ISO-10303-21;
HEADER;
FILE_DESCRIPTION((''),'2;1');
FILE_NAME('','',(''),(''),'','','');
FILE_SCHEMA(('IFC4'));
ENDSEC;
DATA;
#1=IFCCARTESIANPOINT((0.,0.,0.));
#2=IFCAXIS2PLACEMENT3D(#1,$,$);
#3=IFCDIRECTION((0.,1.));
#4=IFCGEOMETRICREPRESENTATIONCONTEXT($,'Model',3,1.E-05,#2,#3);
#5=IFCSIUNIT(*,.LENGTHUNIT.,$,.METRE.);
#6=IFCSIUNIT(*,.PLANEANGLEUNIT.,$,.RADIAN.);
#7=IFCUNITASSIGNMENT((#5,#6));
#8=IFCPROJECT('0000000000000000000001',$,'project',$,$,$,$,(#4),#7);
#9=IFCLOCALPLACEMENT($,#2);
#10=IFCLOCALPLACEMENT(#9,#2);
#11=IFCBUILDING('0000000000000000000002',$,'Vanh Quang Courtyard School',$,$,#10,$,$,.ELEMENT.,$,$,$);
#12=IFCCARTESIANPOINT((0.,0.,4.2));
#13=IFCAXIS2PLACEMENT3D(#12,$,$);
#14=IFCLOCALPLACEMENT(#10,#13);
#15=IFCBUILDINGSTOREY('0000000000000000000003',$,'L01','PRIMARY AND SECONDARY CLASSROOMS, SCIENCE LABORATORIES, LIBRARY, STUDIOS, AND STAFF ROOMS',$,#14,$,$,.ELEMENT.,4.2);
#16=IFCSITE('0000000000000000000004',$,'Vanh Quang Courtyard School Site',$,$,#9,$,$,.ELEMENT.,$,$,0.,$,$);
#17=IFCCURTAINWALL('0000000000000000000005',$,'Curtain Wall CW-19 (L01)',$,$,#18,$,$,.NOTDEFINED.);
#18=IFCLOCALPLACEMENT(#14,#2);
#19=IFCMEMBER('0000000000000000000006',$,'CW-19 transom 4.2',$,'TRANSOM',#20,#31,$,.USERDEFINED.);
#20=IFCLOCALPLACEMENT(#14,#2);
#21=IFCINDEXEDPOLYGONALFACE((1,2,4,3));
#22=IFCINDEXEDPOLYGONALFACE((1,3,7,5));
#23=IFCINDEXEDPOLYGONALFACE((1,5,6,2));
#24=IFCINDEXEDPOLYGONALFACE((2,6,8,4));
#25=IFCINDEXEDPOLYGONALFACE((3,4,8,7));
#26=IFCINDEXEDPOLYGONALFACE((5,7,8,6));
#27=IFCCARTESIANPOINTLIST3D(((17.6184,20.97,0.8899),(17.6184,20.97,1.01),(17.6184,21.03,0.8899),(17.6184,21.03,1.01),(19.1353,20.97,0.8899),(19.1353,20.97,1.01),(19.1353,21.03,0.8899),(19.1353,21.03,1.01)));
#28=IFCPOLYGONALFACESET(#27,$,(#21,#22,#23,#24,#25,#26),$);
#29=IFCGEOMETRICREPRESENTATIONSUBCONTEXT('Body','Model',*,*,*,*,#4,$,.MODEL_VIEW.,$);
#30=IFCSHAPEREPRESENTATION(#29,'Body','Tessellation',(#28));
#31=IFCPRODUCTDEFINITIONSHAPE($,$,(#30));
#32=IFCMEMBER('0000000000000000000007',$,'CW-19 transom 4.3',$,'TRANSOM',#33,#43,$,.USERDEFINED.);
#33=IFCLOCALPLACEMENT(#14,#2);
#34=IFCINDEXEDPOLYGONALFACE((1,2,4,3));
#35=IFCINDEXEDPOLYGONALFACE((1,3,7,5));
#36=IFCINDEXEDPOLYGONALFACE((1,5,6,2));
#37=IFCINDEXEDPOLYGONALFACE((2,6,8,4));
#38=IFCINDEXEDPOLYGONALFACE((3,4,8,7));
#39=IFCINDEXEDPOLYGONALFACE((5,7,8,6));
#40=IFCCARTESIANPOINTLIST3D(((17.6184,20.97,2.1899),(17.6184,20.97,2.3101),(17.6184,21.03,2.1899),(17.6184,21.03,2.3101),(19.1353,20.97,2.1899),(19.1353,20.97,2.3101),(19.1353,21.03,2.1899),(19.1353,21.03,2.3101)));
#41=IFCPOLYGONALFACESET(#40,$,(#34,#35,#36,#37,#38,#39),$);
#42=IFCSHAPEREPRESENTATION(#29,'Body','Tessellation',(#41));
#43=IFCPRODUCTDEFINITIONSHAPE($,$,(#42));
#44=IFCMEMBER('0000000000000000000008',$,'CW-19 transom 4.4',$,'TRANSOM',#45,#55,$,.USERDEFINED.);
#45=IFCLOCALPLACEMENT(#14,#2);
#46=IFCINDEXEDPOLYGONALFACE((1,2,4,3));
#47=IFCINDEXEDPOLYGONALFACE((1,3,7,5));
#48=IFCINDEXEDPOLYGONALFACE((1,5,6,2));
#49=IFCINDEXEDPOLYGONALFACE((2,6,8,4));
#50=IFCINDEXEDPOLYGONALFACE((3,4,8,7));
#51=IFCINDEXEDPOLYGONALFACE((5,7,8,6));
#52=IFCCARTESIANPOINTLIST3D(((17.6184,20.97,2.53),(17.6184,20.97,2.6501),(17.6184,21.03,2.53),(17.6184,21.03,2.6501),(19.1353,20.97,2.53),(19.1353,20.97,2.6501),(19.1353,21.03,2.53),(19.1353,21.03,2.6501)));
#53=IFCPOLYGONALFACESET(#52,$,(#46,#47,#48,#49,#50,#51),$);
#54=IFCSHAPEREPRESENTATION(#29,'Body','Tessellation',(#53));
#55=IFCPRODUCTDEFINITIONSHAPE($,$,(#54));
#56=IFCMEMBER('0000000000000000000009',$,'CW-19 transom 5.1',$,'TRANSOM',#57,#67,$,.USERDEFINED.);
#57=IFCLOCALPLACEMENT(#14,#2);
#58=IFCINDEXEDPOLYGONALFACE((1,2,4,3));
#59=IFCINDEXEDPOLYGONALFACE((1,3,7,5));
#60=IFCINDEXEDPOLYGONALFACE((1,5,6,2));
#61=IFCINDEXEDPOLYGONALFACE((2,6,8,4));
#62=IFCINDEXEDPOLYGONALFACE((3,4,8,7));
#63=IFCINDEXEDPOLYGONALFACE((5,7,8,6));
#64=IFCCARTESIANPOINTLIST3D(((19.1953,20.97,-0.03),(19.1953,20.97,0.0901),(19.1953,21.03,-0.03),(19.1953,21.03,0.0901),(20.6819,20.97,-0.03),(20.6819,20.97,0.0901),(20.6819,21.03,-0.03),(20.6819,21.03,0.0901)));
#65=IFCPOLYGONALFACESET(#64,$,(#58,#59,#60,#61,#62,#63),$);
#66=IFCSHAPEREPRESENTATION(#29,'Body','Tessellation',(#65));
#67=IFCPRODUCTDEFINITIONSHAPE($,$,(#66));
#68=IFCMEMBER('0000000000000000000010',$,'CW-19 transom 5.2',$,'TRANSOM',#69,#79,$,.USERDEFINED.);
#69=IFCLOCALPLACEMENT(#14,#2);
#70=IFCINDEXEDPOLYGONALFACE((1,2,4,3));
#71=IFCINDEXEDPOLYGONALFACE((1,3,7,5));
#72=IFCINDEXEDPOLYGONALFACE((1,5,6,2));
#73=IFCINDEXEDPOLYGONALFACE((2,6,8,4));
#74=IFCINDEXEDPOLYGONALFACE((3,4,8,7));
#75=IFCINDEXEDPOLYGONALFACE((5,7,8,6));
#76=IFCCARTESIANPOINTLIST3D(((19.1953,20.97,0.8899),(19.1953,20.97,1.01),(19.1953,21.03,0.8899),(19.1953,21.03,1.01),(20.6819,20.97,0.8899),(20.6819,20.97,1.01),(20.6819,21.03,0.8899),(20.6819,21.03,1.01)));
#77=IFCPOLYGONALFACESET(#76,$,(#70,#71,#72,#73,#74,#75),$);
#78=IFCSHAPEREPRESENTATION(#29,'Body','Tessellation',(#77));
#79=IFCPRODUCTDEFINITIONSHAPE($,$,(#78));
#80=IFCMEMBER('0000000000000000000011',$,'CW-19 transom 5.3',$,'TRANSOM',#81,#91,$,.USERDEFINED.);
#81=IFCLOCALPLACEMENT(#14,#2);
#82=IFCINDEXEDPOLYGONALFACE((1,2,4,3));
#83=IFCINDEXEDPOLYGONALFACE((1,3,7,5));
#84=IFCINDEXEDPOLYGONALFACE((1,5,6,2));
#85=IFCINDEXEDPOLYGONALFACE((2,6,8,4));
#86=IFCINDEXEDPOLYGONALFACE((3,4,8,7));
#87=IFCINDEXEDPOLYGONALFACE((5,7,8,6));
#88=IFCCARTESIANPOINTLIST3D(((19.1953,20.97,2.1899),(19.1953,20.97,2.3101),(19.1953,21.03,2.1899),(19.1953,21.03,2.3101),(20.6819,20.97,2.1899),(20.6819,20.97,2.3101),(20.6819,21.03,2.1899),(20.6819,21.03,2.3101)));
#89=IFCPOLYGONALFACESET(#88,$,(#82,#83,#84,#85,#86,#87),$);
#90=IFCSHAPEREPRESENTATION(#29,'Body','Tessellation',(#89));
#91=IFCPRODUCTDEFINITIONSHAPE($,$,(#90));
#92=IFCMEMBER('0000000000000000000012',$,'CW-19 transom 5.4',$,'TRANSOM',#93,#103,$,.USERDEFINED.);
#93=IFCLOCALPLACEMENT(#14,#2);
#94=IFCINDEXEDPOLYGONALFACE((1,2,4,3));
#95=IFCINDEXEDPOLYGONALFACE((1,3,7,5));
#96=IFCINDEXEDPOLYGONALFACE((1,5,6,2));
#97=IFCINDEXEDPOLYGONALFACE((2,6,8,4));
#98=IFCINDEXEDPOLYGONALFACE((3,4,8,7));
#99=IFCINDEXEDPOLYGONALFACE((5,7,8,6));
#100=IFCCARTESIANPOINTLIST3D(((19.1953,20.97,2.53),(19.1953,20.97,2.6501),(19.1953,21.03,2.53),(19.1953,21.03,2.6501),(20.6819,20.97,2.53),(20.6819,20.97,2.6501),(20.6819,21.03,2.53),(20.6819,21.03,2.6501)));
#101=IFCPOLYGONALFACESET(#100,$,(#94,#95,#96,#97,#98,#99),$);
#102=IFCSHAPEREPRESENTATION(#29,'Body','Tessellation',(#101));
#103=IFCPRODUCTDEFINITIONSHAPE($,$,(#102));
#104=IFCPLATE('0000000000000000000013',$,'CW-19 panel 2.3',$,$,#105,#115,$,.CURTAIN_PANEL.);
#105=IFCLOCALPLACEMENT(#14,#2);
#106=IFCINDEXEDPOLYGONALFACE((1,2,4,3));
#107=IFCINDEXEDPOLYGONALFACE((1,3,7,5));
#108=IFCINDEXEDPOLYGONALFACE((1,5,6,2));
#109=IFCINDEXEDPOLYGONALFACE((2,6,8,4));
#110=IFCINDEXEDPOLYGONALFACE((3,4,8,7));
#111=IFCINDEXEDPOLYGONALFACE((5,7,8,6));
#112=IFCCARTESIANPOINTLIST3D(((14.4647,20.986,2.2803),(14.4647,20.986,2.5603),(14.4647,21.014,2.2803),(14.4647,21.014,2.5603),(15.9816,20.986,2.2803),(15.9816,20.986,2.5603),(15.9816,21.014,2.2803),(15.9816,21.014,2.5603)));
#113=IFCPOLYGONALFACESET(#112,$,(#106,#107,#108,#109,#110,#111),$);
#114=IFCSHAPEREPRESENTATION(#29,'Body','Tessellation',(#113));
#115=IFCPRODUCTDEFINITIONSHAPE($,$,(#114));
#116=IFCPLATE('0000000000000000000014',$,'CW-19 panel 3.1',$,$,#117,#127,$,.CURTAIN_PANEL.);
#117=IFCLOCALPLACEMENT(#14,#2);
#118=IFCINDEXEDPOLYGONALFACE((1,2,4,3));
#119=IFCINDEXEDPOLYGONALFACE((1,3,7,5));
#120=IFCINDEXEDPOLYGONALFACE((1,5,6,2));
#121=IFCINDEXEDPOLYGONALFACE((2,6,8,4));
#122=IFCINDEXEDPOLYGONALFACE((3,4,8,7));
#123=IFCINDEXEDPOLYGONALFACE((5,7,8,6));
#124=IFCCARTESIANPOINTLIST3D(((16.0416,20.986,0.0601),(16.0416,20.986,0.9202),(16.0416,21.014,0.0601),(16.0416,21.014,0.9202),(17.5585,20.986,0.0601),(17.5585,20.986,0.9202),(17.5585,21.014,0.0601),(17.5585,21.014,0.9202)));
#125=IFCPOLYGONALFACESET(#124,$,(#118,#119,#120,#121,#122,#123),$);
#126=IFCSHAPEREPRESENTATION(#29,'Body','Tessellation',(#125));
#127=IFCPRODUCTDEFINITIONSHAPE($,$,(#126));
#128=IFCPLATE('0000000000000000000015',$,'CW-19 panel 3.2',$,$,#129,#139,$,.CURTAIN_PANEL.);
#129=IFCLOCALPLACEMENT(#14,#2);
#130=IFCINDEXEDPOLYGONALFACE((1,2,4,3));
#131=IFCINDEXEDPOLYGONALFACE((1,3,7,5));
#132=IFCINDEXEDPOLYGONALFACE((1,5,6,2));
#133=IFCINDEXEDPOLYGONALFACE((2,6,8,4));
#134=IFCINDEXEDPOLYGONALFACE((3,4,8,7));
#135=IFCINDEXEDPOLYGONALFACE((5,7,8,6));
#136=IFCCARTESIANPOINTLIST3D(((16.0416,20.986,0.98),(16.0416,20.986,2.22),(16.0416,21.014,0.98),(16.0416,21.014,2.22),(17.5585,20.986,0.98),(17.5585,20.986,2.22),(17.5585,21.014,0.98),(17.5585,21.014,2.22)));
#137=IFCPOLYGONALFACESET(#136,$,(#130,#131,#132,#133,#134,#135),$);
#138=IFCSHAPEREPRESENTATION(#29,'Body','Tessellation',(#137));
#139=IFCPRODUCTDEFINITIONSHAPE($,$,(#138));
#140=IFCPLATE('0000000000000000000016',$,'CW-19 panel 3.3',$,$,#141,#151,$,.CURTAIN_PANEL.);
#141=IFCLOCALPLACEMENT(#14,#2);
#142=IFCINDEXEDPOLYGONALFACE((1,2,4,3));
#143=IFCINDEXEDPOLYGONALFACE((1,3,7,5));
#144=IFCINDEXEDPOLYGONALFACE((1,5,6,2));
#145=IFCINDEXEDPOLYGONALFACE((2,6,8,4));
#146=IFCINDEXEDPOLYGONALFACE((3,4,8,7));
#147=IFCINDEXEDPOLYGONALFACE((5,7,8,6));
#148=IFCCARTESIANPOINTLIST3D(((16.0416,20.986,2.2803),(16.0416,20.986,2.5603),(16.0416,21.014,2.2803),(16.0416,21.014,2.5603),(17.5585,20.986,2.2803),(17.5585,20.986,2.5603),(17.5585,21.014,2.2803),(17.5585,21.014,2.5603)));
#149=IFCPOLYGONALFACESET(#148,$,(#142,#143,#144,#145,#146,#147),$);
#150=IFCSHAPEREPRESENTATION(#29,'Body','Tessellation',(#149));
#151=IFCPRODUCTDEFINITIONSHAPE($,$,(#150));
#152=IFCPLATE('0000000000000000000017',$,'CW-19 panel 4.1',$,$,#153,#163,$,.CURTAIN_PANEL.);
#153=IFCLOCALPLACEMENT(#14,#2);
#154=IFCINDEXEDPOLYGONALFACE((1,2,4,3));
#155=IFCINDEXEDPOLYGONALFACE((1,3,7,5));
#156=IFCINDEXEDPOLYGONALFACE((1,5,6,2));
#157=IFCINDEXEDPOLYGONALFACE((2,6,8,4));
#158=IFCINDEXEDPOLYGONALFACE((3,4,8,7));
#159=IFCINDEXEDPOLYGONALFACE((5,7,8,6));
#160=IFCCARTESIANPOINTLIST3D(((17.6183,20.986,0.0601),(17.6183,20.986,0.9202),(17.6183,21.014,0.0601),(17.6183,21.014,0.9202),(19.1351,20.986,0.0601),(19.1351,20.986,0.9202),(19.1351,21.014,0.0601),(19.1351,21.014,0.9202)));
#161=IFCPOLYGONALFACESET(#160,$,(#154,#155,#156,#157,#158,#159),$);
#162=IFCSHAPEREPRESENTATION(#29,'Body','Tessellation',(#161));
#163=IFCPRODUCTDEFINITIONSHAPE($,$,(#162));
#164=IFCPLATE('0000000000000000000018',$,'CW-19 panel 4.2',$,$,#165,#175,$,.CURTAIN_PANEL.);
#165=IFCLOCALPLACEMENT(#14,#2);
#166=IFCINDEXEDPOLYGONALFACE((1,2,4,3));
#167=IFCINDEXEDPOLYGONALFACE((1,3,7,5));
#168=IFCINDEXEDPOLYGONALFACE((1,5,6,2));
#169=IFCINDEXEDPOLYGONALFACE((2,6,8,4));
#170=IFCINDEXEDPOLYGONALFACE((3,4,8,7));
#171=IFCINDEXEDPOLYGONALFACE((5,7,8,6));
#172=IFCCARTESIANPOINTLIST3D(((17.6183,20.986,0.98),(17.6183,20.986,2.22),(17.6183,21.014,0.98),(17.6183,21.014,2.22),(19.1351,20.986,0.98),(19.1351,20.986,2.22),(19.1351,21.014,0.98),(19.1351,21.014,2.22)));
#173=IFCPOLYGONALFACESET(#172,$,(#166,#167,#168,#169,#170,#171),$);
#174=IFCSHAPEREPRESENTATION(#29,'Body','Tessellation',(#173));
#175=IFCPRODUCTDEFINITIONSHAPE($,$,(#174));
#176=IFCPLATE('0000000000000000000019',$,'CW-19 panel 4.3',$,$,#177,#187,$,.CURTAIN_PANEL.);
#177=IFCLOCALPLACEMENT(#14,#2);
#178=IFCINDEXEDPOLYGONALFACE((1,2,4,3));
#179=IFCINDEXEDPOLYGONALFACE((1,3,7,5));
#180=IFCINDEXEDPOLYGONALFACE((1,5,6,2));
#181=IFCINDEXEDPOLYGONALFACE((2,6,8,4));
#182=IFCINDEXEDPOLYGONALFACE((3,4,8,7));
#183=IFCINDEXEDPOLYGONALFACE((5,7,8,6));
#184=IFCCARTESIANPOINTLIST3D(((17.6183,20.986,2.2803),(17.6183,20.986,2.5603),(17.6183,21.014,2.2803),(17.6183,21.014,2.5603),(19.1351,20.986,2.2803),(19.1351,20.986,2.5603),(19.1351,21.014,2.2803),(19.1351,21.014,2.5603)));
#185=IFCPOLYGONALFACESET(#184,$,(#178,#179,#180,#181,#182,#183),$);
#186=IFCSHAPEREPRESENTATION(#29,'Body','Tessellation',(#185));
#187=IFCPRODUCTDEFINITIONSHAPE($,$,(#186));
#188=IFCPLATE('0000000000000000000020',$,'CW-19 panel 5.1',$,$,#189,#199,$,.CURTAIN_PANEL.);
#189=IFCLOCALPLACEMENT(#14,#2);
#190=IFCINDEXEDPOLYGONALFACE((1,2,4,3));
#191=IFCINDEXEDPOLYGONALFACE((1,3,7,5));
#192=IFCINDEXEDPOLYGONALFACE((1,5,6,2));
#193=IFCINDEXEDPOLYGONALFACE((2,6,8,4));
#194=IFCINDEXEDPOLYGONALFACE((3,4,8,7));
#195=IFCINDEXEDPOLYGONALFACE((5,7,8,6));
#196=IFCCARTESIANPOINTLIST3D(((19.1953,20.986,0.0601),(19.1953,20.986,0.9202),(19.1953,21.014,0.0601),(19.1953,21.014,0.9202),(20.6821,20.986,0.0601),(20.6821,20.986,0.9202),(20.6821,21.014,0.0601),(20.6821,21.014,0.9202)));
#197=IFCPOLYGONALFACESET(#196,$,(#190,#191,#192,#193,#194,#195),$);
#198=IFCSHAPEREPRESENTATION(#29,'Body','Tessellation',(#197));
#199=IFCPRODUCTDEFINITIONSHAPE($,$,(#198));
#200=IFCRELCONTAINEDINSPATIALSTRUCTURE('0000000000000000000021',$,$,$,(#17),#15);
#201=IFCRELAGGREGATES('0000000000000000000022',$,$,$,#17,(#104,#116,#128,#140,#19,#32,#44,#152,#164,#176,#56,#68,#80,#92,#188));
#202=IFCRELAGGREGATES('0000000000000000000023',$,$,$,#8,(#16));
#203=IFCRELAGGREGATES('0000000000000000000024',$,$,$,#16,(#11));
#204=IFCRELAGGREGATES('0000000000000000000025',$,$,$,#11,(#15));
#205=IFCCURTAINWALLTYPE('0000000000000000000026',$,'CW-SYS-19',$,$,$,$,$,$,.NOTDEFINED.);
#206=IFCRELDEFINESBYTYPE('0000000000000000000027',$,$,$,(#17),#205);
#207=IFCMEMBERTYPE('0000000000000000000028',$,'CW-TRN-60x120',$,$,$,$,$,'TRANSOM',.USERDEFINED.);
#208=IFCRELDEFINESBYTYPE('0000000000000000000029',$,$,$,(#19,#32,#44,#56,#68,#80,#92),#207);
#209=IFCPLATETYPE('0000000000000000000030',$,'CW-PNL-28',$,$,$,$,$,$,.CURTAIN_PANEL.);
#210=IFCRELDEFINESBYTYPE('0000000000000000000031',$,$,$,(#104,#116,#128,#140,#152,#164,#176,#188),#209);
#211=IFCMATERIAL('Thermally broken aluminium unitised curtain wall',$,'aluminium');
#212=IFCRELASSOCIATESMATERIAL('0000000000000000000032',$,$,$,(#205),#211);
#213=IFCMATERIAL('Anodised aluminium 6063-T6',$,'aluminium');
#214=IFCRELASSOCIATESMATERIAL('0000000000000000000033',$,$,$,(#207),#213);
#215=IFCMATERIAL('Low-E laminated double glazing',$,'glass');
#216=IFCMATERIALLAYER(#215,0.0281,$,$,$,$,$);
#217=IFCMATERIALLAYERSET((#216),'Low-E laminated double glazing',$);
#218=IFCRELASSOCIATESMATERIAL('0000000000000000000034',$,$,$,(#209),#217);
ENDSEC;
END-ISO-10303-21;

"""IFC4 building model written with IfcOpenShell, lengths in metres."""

from ifc_helpers import new_model, si_unit, direction, frame, origin, origin_2d, place, context, subcontext, project, spatial, rectangle, extrude, material, layer, layer_set, material_profile, profile_set, type_object, element, aggregate, save


model = new_model("IFC4")

# Units and contexts
model_context = context("Model", 3, precision=1e-05, world=origin(), true_north=direction((0.0, 1.0)))
body_context = subcontext(model_context, "Body", "Model", "MODEL_VIEW")
ifc_project = project(units=[si_unit("LENGTHUNIT", "METRE"), si_unit("PLANEANGLEUNIT", "RADIAN")], contexts=[model_context])

# Site, building, storey
site_placement = place(None, origin())
site = spatial("IfcSite", under=ifc_project, at=site_placement, Name="Vanh Quang Courtyard School Site", CompositionType="ELEMENT", RefElevation=0.0)
building_placement = place(site_placement, origin())
building = spatial("IfcBuilding", under=site, at=building_placement, Name="Vanh Quang Courtyard School", CompositionType="ELEMENT")
storey_placement = place(building_placement, frame((0.0, 0.0, 4.2)))
storey = spatial("IfcBuildingStorey", under=building, at=storey_placement, Name="L01", Description="PRIMARY AND SECONDARY CLASSROOMS, SCIENCE LABORATORIES, LIBRARY, STUDIOS, AND STAFF ROOMS", CompositionType="ELEMENT", Elevation=4.2)

# Shared definitions
ifc_material_1 = material(Name="Thermally broken aluminium unitised curtain wall", Category="aluminium")
curtain_wall_type = type_object("IfcCurtainWallType", Name="CW-SYS-19", PredefinedType="NOTDEFINED", material=ifc_material_1)
ifc_material_2 = material(Name="Anodised aluminium 6063-T6", Category="aluminium")

# Curtain wall
curtain_wall_1_placement = place(storey_placement, origin())
curtain_wall_1 = element("IfcCurtainWall", 1, at=curtain_wall_1_placement, inside=storey, type_object=curtain_wall_type, Name="Curtain Wall CW-19 (L01)", PredefinedType="NOTDEFINED")

# Members
ifc_material_profile_1 = material_profile(ifc_material_2, rectangle(XDim=0.0601, YDim=0.1201, at=origin_2d()), Name="ALU-TRN 60x120")
ifc_profile_set_1 = profile_set([ifc_material_profile_1], Name="Anodised aluminium 6063-T6")
member_type_1 = type_object("IfcMemberType", Name="CW-TRN-60x120", ElementType="TRANSOM", PredefinedType="USERDEFINED", material=ifc_profile_set_1)
member_1_placement = place(storey_placement, frame((17.6184, 21.0, 0.95), z_axis=(1.0, 0.0, 0.0), x_axis=(0.0, 1.0, 0.0)))
member_1 = element("IfcMember", 2, at=member_1_placement, type_object=member_type_1, Name="CW-19 transom 4.2", ObjectType="TRANSOM", PredefinedType="USERDEFINED", context=body_context, shape_type="SweptSolid", body=[
    extrude(rectangle(XDim=0.0601, YDim=0.1201, at=origin_2d()), origin(), (0.0, 0.0, 1.0), 1.5168),
])
member_2_placement = place(storey_placement, frame((17.6184, 21.0, 2.25), z_axis=(1.0, 0.0, 0.0), x_axis=(0.0, 1.0, 0.0)))
member_2 = element("IfcMember", 3, at=member_2_placement, type_object=member_type_1, Name="CW-19 transom 4.3", ObjectType="TRANSOM", PredefinedType="USERDEFINED", context=body_context, shape_type="SweptSolid", body=[
    extrude(rectangle(XDim=0.0601, YDim=0.1201, at=origin_2d()), origin(), (0.0, 0.0, 1.0), 1.5168),
])
member_3_placement = place(storey_placement, frame((17.6184, 21.0, 2.5901), z_axis=(1.0, 0.0, 0.0), x_axis=(0.0, 1.0, 0.0)))
member_3 = element("IfcMember", 4, at=member_3_placement, type_object=member_type_1, Name="CW-19 transom 4.4", ObjectType="TRANSOM", PredefinedType="USERDEFINED", context=body_context, shape_type="SweptSolid", body=[
    extrude(rectangle(XDim=0.0601, YDim=0.1201, at=origin_2d()), origin(), (0.0, 0.0, 1.0), 1.5168),
])
member_4_placement = place(storey_placement, frame((19.1953, 21.0, 0.03), z_axis=(1.0, 0.0, 0.0), x_axis=(0.0, 1.0, 0.0)))
member_4 = element("IfcMember", 5, at=member_4_placement, type_object=member_type_1, Name="CW-19 transom 5.1", ObjectType="TRANSOM", PredefinedType="USERDEFINED", context=body_context, shape_type="SweptSolid", body=[
    extrude(rectangle(XDim=0.0601, YDim=0.1201, at=origin_2d()), origin(), (0.0, 0.0, 1.0), 1.4866),
])
member_5_placement = place(storey_placement, frame((19.1953, 21.0, 0.95), z_axis=(1.0, 0.0, 0.0), x_axis=(0.0, 1.0, 0.0)))
member_5 = element("IfcMember", 6, at=member_5_placement, type_object=member_type_1, Name="CW-19 transom 5.2", ObjectType="TRANSOM", PredefinedType="USERDEFINED", context=body_context, shape_type="SweptSolid", body=[
    extrude(rectangle(XDim=0.0601, YDim=0.1201, at=origin_2d()), origin(), (0.0, 0.0, 1.0), 1.4866),
])
member_6_placement = place(storey_placement, frame((19.1953, 21.0, 2.25), z_axis=(1.0, 0.0, 0.0), x_axis=(0.0, 1.0, 0.0)))
member_6 = element("IfcMember", 7, at=member_6_placement, type_object=member_type_1, Name="CW-19 transom 5.3", ObjectType="TRANSOM", PredefinedType="USERDEFINED", context=body_context, shape_type="SweptSolid", body=[
    extrude(rectangle(XDim=0.0601, YDim=0.1201, at=origin_2d()), origin(), (0.0, 0.0, 1.0), 1.4866),
])
member_7_placement = place(storey_placement, frame((19.1953, 21.0, 2.5901), z_axis=(1.0, 0.0, 0.0), x_axis=(0.0, 1.0, 0.0)))
member_7 = element("IfcMember", 8, at=member_7_placement, type_object=member_type_1, Name="CW-19 transom 5.4", ObjectType="TRANSOM", PredefinedType="USERDEFINED", context=body_context, shape_type="SweptSolid", body=[
    extrude(rectangle(XDim=0.0601, YDim=0.1201, at=origin_2d()), origin(), (0.0, 0.0, 1.0), 1.4866),
])

# Plates
ifc_material_3 = material(Name="Low-E laminated double glazing", Category="glass")
ifc_layer = layer(ifc_material_3, 0.0281)
ifc_layer_set = layer_set([ifc_layer], Name="Low-E laminated double glazing")
plate_type = type_object("IfcPlateType", Name="CW-PNL-28", PredefinedType="CURTAIN_PANEL", material=ifc_layer_set)
plate_1_placement = place(storey_placement, frame((15.2231, 21.0, 2.2803), z_axis=(0.0, 0.0, 1.0), x_axis=(1.0, 0.0, 0.0)))
plate_1 = element("IfcPlate", 9, at=plate_1_placement, type_object=plate_type, Name="CW-19 panel 2.3", PredefinedType="CURTAIN_PANEL", context=body_context, shape_type="SweptSolid", body=[
    extrude(rectangle(XDim=1.5168, YDim=0.0281, at=origin_2d()), origin(), (0.0, 0.0, 1.0), 0.28),
])
plate_2_placement = place(storey_placement, frame((16.8, 21.0, 0.0601), z_axis=(0.0, 0.0, 1.0), x_axis=(1.0, 0.0, 0.0)))
plate_2 = element("IfcPlate", 10, at=plate_2_placement, type_object=plate_type, Name="CW-19 panel 3.1", PredefinedType="CURTAIN_PANEL", context=body_context, shape_type="SweptSolid", body=[
    extrude(rectangle(XDim=1.5168, YDim=0.0281, at=origin_2d()), origin(), (0.0, 0.0, 1.0), 0.8601),
])
plate_3_placement = place(storey_placement, frame((16.8, 21.0, 0.98), z_axis=(0.0, 0.0, 1.0), x_axis=(1.0, 0.0, 0.0)))
plate_3 = element("IfcPlate", 11, at=plate_3_placement, type_object=plate_type, Name="CW-19 panel 3.2", PredefinedType="CURTAIN_PANEL", context=body_context, shape_type="SweptSolid", body=[
    extrude(rectangle(XDim=1.5168, YDim=0.0281, at=origin_2d()), origin(), (0.0, 0.0, 1.0), 1.24),
])
plate_4_placement = place(storey_placement, frame((16.8, 21.0, 2.2803), z_axis=(0.0, 0.0, 1.0), x_axis=(1.0, 0.0, 0.0)))
plate_4 = element("IfcPlate", 12, at=plate_4_placement, type_object=plate_type, Name="CW-19 panel 3.3", PredefinedType="CURTAIN_PANEL", context=body_context, shape_type="SweptSolid", body=[
    extrude(rectangle(XDim=1.5168, YDim=0.0281, at=origin_2d()), origin(), (0.0, 0.0, 1.0), 0.28),
])
plate_5_placement = place(storey_placement, frame((18.3767, 21.0, 0.0601), z_axis=(0.0, 0.0, 1.0), x_axis=(1.0, 0.0, 0.0)))
plate_5 = element("IfcPlate", 13, at=plate_5_placement, type_object=plate_type, Name="CW-19 panel 4.1", PredefinedType="CURTAIN_PANEL", context=body_context, shape_type="SweptSolid", body=[
    extrude(rectangle(XDim=1.5168, YDim=0.0281, at=origin_2d()), origin(), (0.0, 0.0, 1.0), 0.8601),
])
plate_6_placement = place(storey_placement, frame((18.3767, 21.0, 0.98), z_axis=(0.0, 0.0, 1.0), x_axis=(1.0, 0.0, 0.0)))
plate_6 = element("IfcPlate", 14, at=plate_6_placement, type_object=plate_type, Name="CW-19 panel 4.2", PredefinedType="CURTAIN_PANEL", context=body_context, shape_type="SweptSolid", body=[
    extrude(rectangle(XDim=1.5168, YDim=0.0281, at=origin_2d()), origin(), (0.0, 0.0, 1.0), 1.24),
])
plate_7_placement = place(storey_placement, frame((18.3767, 21.0, 2.2803), z_axis=(0.0, 0.0, 1.0), x_axis=(1.0, 0.0, 0.0)))
plate_7 = element("IfcPlate", 15, at=plate_7_placement, type_object=plate_type, Name="CW-19 panel 4.3", PredefinedType="CURTAIN_PANEL", context=body_context, shape_type="SweptSolid", body=[
    extrude(rectangle(XDim=1.5168, YDim=0.0281, at=origin_2d()), origin(), (0.0, 0.0, 1.0), 0.28),
])
plate_8_placement = place(storey_placement, frame((19.9387, 21.0, 0.0601), z_axis=(0.0, 0.0, 1.0), x_axis=(1.0, 0.0, 0.0)))
plate_8 = element("IfcPlate", 16, at=plate_8_placement, type_object=plate_type, Name="CW-19 panel 5.1", PredefinedType="CURTAIN_PANEL", context=body_context, shape_type="SweptSolid", body=[
    extrude(rectangle(XDim=1.4868, YDim=0.0281, at=origin_2d()), origin(), (0.0, 0.0, 1.0), 0.8601),
])
aggregate(curtain_wall_1, [plate_1, plate_2, plate_3, plate_4, member_1, member_2, member_3, plate_5, plate_6, plate_7, member_4, member_5, member_6, member_7, plate_8])

save(model, "model.ifc")
